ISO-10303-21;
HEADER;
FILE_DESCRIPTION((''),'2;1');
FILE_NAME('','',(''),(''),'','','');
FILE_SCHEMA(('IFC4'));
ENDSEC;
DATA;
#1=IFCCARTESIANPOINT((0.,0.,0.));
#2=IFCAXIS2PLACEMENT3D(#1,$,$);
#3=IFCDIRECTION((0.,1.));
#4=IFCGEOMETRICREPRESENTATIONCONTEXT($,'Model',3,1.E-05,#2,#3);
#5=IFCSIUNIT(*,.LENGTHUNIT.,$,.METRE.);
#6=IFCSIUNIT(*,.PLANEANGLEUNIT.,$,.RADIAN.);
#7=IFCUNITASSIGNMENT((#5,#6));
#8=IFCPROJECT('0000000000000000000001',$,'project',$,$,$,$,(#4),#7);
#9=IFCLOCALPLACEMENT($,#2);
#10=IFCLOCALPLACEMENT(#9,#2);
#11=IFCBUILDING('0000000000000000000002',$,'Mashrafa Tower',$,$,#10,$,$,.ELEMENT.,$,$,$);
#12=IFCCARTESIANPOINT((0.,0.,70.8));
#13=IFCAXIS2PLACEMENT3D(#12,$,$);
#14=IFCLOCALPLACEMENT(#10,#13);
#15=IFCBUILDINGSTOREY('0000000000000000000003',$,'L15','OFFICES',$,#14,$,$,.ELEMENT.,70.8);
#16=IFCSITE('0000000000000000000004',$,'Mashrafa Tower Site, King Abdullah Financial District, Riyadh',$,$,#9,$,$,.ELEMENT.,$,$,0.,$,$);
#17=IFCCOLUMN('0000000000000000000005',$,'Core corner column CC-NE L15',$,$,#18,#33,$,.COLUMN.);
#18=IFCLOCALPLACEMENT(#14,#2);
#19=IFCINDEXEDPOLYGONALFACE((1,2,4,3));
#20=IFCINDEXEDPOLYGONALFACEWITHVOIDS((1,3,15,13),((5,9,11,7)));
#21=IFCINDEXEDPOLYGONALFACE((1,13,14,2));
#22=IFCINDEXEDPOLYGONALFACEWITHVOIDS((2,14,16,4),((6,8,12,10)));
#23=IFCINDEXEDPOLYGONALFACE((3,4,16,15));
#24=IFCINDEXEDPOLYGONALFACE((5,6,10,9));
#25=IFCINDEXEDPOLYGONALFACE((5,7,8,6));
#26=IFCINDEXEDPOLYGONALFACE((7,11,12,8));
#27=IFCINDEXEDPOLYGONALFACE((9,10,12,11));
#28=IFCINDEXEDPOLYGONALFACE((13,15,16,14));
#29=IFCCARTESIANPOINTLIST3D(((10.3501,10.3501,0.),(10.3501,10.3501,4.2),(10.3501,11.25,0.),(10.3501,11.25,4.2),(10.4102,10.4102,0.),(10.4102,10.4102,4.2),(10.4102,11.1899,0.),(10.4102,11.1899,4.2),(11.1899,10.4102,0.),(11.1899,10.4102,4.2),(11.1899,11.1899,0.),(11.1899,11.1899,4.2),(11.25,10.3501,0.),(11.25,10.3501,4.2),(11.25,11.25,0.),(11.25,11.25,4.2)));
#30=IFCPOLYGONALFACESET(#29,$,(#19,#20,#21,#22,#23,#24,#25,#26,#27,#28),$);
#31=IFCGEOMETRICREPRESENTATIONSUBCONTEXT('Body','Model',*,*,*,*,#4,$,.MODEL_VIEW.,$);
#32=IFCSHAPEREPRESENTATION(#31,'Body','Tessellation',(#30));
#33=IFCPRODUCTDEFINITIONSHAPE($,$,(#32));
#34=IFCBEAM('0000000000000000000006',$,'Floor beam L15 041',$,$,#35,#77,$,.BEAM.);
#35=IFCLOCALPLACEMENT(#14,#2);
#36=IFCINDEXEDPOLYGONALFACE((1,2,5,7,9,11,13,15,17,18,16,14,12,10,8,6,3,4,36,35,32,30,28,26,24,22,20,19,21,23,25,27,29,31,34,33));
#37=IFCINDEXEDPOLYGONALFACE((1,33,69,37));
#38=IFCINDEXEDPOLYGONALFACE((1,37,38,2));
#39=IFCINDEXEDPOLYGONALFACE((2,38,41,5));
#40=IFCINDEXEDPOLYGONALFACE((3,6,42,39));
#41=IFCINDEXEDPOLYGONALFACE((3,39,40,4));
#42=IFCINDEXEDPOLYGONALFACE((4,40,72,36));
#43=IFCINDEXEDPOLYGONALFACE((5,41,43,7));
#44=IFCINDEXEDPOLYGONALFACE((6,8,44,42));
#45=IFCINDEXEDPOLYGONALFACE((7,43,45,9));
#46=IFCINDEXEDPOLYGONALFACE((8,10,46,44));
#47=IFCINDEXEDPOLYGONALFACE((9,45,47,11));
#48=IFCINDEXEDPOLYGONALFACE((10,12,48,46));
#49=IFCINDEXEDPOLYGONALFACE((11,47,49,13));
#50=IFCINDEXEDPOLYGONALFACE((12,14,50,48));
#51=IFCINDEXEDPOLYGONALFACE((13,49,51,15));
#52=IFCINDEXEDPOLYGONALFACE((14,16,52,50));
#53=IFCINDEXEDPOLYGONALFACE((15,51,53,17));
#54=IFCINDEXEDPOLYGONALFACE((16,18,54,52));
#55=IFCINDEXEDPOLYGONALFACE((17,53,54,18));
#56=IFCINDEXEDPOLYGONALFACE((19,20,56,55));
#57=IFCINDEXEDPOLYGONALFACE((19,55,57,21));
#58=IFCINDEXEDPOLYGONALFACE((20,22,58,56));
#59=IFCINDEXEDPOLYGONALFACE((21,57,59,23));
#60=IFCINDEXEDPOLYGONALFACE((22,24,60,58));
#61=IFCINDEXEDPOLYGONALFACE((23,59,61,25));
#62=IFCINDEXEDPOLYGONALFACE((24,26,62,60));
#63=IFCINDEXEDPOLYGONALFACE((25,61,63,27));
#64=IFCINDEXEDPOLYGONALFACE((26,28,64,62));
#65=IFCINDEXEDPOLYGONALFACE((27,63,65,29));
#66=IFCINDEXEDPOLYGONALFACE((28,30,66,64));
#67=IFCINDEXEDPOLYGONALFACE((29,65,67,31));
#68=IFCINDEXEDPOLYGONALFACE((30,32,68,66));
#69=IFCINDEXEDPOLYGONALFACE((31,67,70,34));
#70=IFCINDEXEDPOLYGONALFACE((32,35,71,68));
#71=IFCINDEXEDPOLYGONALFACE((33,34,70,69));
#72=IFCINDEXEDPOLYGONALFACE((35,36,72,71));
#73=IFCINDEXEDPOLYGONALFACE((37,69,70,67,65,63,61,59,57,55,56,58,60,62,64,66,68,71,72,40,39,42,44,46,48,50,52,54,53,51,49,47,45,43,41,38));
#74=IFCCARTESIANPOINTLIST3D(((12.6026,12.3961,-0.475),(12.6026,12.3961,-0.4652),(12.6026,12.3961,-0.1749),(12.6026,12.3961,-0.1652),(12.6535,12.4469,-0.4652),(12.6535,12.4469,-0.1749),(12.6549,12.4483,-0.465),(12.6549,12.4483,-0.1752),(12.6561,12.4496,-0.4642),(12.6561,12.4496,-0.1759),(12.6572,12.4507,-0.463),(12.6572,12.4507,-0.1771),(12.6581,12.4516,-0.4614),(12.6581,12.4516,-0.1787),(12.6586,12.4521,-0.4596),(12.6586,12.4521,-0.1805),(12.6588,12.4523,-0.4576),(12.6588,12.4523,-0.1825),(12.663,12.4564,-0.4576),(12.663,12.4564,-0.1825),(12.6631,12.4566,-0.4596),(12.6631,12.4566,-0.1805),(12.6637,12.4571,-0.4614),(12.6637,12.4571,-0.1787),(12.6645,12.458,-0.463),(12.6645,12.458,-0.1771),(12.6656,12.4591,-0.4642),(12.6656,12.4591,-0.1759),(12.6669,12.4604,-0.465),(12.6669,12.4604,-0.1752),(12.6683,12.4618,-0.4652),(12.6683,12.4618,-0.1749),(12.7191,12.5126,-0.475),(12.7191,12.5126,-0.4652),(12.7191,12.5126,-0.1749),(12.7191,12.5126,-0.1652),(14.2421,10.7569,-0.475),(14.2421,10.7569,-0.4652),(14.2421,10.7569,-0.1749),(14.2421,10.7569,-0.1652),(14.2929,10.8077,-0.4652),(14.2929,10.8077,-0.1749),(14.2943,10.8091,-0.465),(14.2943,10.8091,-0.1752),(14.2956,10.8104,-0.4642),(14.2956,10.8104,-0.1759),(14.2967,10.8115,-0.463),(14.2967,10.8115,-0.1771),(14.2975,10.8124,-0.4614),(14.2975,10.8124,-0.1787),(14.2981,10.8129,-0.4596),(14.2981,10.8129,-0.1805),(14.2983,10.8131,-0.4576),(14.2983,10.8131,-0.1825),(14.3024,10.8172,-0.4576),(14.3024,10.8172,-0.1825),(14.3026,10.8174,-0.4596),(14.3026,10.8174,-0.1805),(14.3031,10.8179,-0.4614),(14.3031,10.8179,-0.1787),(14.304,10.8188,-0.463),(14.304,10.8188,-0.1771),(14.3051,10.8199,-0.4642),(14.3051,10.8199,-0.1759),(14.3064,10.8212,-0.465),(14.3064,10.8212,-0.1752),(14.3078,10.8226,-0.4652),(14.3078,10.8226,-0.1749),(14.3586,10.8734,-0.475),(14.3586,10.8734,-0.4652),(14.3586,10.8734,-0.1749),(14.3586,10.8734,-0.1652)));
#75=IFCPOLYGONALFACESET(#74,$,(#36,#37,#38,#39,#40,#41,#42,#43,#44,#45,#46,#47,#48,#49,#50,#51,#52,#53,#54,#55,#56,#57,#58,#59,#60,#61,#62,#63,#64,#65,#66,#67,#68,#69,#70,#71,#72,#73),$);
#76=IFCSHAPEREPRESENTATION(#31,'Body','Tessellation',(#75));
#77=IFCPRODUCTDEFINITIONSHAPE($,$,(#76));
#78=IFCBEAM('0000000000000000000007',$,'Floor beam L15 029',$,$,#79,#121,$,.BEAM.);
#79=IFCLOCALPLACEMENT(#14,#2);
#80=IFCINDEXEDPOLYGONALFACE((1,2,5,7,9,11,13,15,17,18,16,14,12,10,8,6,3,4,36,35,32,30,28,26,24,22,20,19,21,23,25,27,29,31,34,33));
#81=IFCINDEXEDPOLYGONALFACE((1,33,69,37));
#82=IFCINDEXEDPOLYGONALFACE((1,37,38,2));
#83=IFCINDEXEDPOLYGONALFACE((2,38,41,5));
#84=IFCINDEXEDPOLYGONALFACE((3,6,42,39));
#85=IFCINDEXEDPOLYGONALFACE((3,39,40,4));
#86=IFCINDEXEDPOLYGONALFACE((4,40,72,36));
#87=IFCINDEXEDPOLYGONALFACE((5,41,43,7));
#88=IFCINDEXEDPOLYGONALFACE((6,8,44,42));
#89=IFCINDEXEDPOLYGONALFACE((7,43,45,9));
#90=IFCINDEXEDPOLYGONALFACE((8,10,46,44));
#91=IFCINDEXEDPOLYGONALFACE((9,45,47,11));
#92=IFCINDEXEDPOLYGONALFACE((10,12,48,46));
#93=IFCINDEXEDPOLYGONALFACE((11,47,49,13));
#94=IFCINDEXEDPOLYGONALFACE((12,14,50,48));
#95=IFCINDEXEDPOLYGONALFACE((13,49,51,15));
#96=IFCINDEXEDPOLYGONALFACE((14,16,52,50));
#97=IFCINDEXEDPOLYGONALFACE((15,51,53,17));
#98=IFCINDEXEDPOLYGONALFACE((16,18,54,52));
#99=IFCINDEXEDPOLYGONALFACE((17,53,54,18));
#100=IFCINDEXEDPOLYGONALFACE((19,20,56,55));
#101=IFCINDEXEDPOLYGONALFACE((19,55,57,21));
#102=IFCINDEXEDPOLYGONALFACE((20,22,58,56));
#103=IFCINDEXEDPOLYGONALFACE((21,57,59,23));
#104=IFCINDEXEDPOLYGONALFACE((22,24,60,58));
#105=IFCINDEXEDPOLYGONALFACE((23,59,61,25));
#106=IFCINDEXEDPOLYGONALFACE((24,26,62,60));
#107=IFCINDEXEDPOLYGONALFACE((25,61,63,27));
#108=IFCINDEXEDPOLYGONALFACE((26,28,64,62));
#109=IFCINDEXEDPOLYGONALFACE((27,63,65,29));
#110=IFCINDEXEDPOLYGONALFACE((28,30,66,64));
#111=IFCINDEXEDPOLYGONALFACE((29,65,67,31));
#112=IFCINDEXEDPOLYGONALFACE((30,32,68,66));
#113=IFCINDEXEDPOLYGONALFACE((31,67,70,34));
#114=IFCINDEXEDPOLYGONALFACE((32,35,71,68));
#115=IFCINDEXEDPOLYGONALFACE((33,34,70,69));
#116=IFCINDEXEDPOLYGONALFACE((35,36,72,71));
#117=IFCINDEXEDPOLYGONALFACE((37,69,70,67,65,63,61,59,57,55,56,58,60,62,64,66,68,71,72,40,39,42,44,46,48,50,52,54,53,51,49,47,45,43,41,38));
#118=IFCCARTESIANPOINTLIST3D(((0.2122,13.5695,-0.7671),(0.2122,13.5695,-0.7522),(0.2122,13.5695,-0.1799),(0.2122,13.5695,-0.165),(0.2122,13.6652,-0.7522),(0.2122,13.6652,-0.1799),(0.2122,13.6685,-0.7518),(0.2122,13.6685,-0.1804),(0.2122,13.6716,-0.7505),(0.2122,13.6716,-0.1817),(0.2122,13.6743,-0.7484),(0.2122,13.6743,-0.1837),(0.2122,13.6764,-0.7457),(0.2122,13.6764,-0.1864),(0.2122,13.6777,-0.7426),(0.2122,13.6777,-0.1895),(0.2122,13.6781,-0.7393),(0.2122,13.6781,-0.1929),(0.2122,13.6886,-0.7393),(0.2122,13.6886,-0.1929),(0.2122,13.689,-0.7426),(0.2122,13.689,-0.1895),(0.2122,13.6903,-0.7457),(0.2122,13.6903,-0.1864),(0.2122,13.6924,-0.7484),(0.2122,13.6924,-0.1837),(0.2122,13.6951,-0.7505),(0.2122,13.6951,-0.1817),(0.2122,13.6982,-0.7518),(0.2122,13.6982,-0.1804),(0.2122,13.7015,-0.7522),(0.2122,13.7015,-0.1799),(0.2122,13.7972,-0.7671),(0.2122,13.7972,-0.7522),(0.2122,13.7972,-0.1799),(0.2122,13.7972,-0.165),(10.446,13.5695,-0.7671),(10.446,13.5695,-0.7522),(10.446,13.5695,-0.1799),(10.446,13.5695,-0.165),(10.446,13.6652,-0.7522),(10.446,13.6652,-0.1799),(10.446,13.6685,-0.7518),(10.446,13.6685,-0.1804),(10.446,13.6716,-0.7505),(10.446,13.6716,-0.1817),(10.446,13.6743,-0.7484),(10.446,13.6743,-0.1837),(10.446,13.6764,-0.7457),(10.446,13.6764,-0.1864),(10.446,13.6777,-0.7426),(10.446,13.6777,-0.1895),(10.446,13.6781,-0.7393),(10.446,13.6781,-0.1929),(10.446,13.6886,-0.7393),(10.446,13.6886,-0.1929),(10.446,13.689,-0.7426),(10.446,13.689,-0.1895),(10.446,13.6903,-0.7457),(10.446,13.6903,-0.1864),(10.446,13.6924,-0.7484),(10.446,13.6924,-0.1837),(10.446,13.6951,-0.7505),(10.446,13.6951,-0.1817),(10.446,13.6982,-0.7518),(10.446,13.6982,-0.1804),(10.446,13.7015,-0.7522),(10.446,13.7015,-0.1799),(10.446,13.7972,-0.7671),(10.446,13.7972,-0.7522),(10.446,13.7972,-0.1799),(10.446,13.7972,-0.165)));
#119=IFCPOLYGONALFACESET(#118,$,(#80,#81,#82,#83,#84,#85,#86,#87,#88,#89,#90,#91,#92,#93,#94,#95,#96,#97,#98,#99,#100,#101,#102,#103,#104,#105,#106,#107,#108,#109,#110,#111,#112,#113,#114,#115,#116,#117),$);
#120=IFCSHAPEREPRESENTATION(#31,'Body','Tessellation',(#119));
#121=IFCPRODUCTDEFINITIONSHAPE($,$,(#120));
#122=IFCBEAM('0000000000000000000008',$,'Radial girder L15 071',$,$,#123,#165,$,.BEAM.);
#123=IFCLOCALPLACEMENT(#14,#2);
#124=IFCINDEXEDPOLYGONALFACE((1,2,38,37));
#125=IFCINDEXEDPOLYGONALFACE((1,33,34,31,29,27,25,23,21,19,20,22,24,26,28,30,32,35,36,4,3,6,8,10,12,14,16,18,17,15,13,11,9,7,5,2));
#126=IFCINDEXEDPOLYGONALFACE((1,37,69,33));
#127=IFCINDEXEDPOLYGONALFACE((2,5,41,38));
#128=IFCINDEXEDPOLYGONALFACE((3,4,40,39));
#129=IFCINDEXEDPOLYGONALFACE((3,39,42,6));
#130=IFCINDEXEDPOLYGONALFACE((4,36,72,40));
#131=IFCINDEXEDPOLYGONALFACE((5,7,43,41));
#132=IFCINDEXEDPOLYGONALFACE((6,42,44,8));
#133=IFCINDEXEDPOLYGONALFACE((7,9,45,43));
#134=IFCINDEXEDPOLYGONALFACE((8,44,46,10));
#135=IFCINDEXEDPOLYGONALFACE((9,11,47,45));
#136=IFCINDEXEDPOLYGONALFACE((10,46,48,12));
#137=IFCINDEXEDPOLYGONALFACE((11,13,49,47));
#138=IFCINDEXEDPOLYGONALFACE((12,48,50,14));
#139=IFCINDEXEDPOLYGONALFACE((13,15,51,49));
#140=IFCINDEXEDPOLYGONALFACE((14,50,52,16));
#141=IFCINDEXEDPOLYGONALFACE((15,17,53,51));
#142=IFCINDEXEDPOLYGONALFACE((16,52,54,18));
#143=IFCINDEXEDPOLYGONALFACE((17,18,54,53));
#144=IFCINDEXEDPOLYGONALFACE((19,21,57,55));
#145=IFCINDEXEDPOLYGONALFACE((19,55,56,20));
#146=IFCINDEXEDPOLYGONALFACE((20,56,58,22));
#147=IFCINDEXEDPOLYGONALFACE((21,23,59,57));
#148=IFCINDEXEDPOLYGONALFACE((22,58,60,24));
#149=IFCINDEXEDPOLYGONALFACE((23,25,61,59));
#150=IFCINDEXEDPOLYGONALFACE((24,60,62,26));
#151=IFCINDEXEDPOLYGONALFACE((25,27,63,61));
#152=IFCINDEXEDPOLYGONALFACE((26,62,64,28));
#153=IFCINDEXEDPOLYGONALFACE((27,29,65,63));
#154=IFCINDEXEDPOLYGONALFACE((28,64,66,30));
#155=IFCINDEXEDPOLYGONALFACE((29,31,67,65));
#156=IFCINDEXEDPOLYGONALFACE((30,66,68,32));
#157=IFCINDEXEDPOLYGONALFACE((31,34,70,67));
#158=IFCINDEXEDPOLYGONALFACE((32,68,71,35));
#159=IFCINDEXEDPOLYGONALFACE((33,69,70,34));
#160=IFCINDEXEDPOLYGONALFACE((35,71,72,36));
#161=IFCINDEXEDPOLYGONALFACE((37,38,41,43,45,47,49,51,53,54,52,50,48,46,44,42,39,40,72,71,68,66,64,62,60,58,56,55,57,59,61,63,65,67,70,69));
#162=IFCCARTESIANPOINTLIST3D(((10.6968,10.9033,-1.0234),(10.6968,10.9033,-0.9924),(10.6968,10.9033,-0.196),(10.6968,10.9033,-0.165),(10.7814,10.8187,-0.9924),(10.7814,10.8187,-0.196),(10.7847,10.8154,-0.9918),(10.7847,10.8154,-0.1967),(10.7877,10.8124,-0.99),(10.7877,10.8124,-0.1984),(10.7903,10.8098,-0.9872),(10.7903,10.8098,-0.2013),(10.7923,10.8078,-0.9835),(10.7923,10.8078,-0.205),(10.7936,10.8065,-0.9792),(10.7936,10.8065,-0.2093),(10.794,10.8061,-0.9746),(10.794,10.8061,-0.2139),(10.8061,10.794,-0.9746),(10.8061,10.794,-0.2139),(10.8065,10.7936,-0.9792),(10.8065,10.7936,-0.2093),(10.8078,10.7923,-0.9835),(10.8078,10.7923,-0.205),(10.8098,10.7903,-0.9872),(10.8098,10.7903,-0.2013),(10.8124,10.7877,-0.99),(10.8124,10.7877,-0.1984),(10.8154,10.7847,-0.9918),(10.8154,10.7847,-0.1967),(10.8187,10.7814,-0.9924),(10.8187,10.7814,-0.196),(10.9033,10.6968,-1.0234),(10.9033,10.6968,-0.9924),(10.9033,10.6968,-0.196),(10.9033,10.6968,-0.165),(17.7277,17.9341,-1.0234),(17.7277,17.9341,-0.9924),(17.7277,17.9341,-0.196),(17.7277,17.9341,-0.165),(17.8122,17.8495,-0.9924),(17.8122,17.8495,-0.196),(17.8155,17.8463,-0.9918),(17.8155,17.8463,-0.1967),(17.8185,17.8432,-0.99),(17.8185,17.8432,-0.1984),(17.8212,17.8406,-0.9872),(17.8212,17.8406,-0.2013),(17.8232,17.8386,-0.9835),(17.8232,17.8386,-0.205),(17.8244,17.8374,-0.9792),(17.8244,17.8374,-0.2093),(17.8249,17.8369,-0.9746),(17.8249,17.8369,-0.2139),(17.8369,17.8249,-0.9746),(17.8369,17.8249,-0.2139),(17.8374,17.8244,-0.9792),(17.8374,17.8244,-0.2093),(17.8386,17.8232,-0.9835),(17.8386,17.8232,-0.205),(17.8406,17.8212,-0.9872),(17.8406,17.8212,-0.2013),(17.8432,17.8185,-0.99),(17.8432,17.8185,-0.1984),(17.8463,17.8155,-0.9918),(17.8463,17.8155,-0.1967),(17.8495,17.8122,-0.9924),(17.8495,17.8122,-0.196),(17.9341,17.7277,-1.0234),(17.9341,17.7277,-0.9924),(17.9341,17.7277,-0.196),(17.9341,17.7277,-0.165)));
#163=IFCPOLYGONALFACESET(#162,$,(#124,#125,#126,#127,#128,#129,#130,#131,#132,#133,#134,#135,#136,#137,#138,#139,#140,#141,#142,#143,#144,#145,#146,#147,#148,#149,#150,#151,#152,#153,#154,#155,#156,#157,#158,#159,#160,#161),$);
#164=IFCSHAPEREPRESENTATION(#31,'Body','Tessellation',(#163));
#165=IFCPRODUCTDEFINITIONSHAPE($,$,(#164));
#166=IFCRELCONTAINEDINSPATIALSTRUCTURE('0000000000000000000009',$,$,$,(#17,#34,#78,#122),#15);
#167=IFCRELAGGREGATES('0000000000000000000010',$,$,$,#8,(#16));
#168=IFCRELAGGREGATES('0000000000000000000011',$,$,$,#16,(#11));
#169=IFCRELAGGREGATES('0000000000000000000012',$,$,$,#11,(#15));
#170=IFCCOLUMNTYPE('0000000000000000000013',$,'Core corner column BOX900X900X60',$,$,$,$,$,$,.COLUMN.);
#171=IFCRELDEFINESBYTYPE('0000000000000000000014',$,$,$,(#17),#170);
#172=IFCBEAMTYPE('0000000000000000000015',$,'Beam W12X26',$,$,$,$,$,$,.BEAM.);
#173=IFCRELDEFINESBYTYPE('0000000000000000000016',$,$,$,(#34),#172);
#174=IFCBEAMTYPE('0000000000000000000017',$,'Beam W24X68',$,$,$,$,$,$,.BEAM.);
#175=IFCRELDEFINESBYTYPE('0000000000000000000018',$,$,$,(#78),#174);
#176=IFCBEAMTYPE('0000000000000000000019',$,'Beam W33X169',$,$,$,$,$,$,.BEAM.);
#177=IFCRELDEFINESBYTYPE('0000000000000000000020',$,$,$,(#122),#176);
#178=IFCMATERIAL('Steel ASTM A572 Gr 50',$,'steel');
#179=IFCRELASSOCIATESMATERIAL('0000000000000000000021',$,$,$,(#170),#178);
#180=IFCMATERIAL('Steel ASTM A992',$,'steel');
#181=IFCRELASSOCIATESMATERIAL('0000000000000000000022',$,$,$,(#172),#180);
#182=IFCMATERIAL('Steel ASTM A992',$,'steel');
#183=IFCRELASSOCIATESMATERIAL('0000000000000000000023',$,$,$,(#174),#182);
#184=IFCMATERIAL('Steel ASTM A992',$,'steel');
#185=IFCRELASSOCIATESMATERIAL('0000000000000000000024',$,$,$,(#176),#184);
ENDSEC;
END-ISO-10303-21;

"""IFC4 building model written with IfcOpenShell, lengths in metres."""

from ifc_helpers import new_model, si_unit, direction, frame, origin, origin_2d, place, context, subcontext, project, spatial, hollow_rectangle, i_section, extrude, material, material_profile, profile_set, type_object, element, save


model = new_model("IFC4")

# Units and contexts
model_context = context("Model", 3, precision=1e-05, world=origin(), true_north=direction((0.0, 1.0)))
body_context = subcontext(model_context, "Body", "Model", "MODEL_VIEW")
ifc_project = project(units=[si_unit("LENGTHUNIT", "METRE"), si_unit("PLANEANGLEUNIT", "RADIAN")], contexts=[model_context])

# Site, building, storey
site_placement = place(None, origin())
site = spatial("IfcSite", under=ifc_project, at=site_placement, Name="Mashrafa Tower Site, King Abdullah Financial District, Riyadh", CompositionType="ELEMENT", RefElevation=0.0)
building_placement = place(site_placement, origin())
building = spatial("IfcBuilding", under=site, at=building_placement, Name="Mashrafa Tower", CompositionType="ELEMENT")
storey_placement = place(building_placement, frame((0.0, 0.0, 70.8)))
storey = spatial("IfcBuildingStorey", under=building, at=storey_placement, Name="L15", Description="OFFICES", CompositionType="ELEMENT", Elevation=70.8)

# Column
ifc_material_1 = material(Name="Steel ASTM A572 Gr 50", Category="steel")
ifc_material_profile_1 = material_profile(ifc_material_1, hollow_rectangle(XDim=0.8999, YDim=0.8999, WallThickness=0.0601, at=origin_2d()), Name="BOX900X900X60")
ifc_profile_set_1 = profile_set([ifc_material_profile_1], Name="Steel ASTM A572 Gr 50")
column_type = type_object("IfcColumnType", Name="Core corner column BOX900X900X60", PredefinedType="COLUMN", material=ifc_profile_set_1)
column_placement = place(storey_placement, frame((10.8, 10.8, 0.0), z_axis=(0.0, 0.0, 1.0), x_axis=(1.0, 0.0, 0.0)))
element("IfcColumn", 1, at=column_placement, inside=storey, type_object=column_type, Name="Core corner column CC-NE L15", PredefinedType="COLUMN", context=body_context, shape_type="SweptSolid", body=[
    extrude(hollow_rectangle(XDim=0.8999, YDim=0.8999, WallThickness=0.0601, at=origin_2d()), origin(), (0.0, 0.0, 1.0), 4.2),
])

# Beams
ifc_material_2 = material(Name="Steel ASTM A992", Category="steel")
ifc_material_profile_2 = material_profile(ifc_material_2, i_section(OverallWidth=0.1648, OverallDepth=0.3098, WebThickness=0.0059, FlangeThickness=0.0098, FilletRadius=0.0076, at=origin_2d()), Name="W12X26")
ifc_profile_set_2 = profile_set([ifc_material_profile_2], Name="Steel ASTM A992")
beam_type_1 = type_object("IfcBeamType", Name="Beam W12X26", PredefinedType="BEAM", material=ifc_profile_set_2)
beam_1_placement = place(storey_placement, frame((12.6609, 12.4543, -0.3201), z_axis=(0.707159, -0.707054, 0.0), x_axis=(0.707054, 0.707159, 0.0)))
element("IfcBeam", 2, at=beam_1_placement, inside=storey, type_object=beam_type_1, Name="Floor beam L15 041", PredefinedType="BEAM", context=body_context, shape_type="SweptSolid", body=[
    extrude(i_section(OverallWidth=0.1648, OverallDepth=0.3098, WebThickness=0.0059, FlangeThickness=0.0098, FilletRadius=0.0076, at=origin_2d()), origin(), (0.0, 0.0, 1.0), 2.3184),
])
ifc_material_3 = material(Name="Steel ASTM A992", Category="steel")
ifc_material_profile_3 = material_profile(ifc_material_3, i_section(OverallWidth=0.2278, OverallDepth=0.6021, WebThickness=0.0105, FlangeThickness=0.0149, FilletRadius=0.0129, at=origin_2d()), Name="W24X68")
ifc_profile_set_3 = profile_set([ifc_material_profile_3], Name="Steel ASTM A992")
beam_type_2 = type_object("IfcBeamType", Name="Beam W24X68", PredefinedType="BEAM", material=ifc_profile_set_3)
beam_2_placement = place(storey_placement, frame((0.2122, 13.6833, -0.4661), z_axis=(1.0, 0.0, 0.0), x_axis=(0.0, 1.0, 0.0)))
element("IfcBeam", 3, at=beam_2_placement, inside=storey, type_object=beam_type_2, Name="Floor beam L15 029", PredefinedType="BEAM", context=body_context, shape_type="SweptSolid", body=[
    extrude(i_section(OverallWidth=0.2278, OverallDepth=0.6021, WebThickness=0.0105, FlangeThickness=0.0149, FilletRadius=0.0129, at=origin_2d()), origin(), (0.0, 0.0, 1.0), 10.2339),
])
ifc_material_4 = material(Name="Steel ASTM A992", Category="steel")
ifc_material_profile_4 = material_profile(ifc_material_4, i_section(OverallWidth=0.292, OverallDepth=0.8584, WebThickness=0.0171, FlangeThickness=0.031, FilletRadius=0.0178, at=origin_2d()), Name="W33X169")
ifc_profile_set_4 = profile_set([ifc_material_profile_4], Name="Steel ASTM A992")
beam_type_3 = type_object("IfcBeamType", Name="Beam W33X169", PredefinedType="BEAM", material=ifc_profile_set_4)
beam_3_placement = place(storey_placement, frame((10.8, 10.8, -0.5942), z_axis=(0.707107, 0.707107, 0.0), x_axis=(-0.707107, 0.707107, 0.0)))
element("IfcBeam", 4, at=beam_3_placement, inside=storey, type_object=beam_type_3, Name="Radial girder L15 071", PredefinedType="BEAM", context=body_context, shape_type="SweptSolid", body=[
    extrude(i_section(OverallWidth=0.292, OverallDepth=0.8584, WebThickness=0.0171, FlangeThickness=0.031, FilletRadius=0.0178, at=origin_2d()), origin(), (0.0, 0.0, 1.0), 9.9431),
])

save(model, "model.ifc")
